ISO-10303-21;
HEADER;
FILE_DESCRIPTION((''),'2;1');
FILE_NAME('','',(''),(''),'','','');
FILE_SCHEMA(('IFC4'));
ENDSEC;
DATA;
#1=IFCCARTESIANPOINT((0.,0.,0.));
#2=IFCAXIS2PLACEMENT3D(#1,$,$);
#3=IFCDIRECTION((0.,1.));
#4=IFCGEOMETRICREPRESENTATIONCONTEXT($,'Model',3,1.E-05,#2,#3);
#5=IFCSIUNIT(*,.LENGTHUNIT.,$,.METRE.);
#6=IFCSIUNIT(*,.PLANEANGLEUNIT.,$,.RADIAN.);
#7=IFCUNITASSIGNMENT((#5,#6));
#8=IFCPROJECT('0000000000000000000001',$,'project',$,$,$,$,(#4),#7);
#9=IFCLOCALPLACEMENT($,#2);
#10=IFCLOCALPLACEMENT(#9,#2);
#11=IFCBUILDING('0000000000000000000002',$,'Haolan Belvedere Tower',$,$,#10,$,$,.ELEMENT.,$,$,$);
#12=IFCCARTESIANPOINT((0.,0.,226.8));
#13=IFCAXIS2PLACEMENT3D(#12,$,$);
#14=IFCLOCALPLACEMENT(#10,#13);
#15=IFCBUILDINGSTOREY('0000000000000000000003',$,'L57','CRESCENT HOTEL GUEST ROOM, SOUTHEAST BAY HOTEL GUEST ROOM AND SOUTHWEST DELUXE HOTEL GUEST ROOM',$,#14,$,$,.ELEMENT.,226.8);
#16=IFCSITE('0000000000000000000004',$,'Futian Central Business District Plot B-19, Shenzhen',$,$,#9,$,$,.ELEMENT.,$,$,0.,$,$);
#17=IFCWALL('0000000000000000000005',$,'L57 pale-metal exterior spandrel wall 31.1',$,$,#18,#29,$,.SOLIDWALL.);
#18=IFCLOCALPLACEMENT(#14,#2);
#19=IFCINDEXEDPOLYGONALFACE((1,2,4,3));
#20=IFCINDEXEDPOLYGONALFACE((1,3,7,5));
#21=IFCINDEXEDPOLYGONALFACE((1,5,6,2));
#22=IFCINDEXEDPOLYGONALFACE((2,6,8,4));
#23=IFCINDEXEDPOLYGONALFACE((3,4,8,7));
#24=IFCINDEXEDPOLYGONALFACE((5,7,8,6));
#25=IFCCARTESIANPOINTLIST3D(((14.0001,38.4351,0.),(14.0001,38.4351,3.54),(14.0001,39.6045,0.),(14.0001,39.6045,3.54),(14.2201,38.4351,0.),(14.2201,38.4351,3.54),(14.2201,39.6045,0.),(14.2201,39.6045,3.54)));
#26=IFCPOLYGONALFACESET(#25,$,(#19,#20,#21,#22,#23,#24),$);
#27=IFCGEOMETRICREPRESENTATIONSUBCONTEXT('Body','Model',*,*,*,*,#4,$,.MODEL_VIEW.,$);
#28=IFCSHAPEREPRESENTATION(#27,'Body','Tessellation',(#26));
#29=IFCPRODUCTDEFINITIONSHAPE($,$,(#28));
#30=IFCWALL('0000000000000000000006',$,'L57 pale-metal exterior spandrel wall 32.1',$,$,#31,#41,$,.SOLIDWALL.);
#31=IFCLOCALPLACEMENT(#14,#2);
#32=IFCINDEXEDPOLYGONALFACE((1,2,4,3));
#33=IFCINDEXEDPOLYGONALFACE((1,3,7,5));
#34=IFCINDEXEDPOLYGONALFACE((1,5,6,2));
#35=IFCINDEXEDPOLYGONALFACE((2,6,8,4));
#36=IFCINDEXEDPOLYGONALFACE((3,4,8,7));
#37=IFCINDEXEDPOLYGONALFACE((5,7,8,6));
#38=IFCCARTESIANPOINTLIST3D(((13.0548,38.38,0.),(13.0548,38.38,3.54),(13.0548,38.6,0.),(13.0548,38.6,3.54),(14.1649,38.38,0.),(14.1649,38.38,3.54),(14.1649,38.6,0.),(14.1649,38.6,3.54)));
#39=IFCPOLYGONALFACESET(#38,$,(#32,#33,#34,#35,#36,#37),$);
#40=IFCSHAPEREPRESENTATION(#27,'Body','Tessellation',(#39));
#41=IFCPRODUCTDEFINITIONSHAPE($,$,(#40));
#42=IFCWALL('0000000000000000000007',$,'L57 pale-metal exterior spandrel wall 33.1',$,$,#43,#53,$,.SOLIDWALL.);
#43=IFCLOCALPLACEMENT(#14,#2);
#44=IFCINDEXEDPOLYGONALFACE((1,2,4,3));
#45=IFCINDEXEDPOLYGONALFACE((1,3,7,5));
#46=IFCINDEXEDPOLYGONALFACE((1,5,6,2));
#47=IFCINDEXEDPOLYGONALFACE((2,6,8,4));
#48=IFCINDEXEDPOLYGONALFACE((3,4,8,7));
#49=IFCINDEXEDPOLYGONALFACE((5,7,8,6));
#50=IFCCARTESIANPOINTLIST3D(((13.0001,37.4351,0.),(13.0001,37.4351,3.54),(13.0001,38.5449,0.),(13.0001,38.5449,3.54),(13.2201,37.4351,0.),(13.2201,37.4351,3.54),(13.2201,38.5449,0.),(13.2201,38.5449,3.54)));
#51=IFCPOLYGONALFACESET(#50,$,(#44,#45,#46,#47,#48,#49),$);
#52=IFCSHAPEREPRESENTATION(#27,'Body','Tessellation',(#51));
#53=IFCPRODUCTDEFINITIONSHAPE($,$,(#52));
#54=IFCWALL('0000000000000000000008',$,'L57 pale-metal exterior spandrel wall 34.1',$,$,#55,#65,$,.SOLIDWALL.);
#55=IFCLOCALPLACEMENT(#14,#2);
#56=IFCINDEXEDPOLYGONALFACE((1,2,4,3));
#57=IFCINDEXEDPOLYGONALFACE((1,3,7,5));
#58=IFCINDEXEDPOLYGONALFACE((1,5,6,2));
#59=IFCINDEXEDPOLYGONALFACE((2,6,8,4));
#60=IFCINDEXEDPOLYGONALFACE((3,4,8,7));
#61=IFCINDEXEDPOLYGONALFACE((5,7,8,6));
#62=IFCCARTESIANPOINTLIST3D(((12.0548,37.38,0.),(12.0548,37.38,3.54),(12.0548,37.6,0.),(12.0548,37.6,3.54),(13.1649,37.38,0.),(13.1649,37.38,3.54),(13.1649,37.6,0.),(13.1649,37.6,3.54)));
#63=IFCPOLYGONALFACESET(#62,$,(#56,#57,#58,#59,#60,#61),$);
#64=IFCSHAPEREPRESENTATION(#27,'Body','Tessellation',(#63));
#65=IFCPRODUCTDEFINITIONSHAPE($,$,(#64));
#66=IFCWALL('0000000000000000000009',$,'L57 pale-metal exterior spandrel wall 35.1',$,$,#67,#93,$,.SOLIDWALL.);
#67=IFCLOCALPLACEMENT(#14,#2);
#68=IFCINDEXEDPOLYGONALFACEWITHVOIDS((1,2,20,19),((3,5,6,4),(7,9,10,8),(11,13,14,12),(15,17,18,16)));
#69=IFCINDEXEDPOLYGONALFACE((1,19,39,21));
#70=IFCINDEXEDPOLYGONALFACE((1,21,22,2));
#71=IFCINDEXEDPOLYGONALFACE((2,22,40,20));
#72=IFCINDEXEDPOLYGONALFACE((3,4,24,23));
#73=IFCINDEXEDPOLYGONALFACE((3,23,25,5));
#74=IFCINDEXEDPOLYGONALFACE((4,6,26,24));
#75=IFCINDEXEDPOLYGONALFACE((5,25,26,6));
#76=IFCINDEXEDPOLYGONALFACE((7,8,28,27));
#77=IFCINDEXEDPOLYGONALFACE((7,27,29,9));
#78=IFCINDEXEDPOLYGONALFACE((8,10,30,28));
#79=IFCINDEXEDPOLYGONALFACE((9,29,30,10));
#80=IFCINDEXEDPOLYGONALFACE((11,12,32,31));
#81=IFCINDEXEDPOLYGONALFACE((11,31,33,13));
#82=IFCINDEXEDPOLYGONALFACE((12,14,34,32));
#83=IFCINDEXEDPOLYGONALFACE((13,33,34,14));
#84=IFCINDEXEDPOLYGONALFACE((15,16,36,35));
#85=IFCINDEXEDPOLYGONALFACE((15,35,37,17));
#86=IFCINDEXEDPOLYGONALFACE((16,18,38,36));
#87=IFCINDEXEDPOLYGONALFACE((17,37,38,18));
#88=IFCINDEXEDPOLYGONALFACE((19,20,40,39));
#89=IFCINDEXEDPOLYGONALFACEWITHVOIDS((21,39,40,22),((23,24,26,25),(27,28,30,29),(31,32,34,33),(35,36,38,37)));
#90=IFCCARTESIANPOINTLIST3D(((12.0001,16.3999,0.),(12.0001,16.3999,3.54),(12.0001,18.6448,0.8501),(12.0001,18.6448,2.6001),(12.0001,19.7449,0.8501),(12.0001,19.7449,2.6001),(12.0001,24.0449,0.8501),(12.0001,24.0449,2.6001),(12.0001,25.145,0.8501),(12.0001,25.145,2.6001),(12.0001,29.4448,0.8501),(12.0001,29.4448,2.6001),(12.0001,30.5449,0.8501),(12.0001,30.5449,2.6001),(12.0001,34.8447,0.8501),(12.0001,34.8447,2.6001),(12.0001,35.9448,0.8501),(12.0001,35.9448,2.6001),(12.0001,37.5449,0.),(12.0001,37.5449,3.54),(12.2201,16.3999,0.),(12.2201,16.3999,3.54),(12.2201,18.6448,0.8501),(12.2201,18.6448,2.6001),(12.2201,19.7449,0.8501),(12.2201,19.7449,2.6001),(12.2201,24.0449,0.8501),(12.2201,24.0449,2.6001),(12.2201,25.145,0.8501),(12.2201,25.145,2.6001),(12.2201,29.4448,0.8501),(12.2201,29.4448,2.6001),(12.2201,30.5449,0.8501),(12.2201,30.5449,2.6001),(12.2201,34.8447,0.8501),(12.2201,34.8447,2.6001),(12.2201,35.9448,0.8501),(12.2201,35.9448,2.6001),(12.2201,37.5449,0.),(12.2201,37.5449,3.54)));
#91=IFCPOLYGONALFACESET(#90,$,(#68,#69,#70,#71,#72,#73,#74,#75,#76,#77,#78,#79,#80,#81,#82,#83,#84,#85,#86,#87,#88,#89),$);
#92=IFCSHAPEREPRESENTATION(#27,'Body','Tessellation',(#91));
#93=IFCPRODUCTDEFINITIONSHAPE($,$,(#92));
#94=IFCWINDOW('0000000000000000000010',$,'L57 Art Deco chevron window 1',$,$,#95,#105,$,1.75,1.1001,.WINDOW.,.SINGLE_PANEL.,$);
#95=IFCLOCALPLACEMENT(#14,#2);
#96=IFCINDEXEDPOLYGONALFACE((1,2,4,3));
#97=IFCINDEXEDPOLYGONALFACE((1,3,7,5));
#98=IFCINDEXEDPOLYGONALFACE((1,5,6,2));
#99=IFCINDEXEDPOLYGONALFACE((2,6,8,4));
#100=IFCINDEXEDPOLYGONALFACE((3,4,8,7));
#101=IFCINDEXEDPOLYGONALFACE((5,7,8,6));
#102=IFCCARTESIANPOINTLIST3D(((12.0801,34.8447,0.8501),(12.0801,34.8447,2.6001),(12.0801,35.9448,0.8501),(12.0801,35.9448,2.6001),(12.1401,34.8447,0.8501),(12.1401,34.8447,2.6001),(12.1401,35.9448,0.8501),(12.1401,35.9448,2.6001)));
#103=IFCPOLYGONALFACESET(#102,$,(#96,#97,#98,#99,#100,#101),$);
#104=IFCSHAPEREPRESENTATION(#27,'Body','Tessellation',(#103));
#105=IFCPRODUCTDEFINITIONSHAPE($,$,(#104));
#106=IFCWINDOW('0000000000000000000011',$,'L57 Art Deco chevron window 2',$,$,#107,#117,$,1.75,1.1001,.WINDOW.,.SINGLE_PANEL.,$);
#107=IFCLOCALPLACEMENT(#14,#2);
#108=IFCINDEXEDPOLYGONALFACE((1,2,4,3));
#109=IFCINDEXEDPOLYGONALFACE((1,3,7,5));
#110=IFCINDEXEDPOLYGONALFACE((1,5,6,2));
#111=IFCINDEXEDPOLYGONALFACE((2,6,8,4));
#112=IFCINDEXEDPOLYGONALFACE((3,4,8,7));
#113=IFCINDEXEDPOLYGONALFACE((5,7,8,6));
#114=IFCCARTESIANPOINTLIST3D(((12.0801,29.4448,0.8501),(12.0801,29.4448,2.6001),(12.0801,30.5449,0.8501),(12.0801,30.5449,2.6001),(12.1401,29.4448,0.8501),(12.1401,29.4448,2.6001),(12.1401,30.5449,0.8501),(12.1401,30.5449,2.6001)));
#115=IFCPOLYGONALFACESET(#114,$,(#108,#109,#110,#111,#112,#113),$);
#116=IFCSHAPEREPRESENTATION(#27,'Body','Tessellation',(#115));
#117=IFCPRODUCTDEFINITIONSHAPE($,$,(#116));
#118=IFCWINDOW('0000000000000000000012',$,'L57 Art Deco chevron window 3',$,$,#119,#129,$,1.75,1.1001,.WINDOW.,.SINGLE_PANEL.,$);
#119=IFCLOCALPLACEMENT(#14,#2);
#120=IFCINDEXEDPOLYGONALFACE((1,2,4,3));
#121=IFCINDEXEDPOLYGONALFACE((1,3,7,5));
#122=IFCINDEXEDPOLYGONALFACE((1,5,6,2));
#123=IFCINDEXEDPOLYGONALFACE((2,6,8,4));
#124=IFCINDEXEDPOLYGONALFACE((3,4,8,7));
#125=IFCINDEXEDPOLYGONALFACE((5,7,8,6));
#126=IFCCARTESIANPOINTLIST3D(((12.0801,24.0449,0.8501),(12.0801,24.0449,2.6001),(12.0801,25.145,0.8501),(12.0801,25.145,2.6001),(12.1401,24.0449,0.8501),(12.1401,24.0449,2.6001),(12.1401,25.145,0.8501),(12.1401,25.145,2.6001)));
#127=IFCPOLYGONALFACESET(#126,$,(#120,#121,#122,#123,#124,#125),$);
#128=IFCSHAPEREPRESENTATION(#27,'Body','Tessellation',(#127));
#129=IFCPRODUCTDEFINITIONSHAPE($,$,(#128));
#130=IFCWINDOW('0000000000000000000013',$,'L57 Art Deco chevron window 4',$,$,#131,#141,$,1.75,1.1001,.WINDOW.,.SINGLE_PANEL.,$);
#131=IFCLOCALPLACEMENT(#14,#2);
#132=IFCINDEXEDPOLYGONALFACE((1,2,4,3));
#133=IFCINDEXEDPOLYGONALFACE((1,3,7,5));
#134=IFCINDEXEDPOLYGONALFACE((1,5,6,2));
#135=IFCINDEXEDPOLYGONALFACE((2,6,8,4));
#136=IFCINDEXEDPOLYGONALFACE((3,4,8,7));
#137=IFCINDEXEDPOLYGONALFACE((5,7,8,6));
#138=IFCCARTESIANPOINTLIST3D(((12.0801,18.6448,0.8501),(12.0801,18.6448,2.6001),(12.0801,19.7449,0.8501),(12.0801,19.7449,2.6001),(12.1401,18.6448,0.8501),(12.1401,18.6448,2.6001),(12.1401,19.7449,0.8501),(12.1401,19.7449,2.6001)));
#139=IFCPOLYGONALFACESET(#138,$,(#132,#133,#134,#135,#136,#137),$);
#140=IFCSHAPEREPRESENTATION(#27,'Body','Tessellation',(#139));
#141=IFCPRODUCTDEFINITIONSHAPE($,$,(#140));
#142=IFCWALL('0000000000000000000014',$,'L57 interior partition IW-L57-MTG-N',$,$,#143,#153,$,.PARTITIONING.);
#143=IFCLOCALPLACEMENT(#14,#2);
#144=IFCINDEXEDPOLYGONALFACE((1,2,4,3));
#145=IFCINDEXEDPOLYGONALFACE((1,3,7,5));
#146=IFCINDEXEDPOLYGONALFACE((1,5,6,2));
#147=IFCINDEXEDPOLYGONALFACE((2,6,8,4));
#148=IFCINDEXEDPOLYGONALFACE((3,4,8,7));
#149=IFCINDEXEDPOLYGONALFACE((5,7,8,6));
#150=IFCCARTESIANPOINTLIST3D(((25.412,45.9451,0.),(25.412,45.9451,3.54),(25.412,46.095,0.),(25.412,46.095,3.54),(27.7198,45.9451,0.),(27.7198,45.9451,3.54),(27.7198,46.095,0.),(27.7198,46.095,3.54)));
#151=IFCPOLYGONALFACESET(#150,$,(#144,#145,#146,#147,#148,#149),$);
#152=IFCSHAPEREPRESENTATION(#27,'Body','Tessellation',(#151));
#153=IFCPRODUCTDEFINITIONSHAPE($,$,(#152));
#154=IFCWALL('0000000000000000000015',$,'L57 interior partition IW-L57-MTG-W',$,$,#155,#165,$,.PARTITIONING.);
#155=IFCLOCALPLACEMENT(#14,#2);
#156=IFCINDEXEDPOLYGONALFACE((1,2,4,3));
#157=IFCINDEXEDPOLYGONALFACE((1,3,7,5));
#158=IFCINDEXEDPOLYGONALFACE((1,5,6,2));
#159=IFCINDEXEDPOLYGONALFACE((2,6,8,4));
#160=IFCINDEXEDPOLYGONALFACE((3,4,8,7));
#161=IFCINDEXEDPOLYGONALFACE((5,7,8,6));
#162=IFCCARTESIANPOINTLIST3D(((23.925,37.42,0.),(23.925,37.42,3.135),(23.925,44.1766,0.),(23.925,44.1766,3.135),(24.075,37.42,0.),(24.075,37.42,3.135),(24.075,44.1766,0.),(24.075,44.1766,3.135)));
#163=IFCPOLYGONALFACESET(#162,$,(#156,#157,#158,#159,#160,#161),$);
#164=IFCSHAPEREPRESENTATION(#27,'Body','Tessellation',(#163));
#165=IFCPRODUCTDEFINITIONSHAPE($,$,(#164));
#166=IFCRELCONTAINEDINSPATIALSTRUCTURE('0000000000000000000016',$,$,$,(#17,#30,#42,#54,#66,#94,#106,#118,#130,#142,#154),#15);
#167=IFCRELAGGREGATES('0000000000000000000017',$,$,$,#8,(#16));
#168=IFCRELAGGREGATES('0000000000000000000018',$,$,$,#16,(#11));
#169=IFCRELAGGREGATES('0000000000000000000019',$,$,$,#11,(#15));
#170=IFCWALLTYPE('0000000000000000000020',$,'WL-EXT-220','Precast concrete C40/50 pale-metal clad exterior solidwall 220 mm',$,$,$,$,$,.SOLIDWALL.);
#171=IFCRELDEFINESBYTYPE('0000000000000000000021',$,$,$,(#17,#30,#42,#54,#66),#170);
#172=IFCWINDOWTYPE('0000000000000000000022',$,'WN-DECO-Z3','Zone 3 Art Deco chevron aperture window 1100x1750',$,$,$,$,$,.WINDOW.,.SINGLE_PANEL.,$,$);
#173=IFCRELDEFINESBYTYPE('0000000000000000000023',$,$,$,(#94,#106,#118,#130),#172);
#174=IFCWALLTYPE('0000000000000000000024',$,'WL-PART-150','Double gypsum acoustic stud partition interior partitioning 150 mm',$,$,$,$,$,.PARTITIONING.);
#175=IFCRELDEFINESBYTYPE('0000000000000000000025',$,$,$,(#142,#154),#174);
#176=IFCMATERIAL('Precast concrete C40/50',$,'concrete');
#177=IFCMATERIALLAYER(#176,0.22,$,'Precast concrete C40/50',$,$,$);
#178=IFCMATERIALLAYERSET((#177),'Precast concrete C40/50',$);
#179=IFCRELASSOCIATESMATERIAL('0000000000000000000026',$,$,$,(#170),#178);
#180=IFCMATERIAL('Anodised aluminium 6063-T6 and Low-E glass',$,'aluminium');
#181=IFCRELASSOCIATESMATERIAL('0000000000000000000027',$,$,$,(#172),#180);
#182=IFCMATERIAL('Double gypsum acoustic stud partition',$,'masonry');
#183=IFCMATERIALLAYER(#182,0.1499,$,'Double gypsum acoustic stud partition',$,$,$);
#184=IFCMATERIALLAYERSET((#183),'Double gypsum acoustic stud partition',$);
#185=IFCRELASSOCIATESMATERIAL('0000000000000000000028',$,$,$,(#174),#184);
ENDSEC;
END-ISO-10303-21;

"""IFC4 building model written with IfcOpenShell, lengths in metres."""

from ifc_helpers import new_model, si_unit, direction, frame, frame_2d, origin, place, context, subcontext, project, spatial, rectangle, extrude, material, layer, layer_set, type_object, element, fill, save


model = new_model("IFC4")

# Units and contexts
model_context = context("Model", 3, precision=1e-05, world=origin(), true_north=direction((0.0, 1.0)))
body_context = subcontext(model_context, "Body", "Model", "MODEL_VIEW")
ifc_project = project(units=[si_unit("LENGTHUNIT", "METRE"), si_unit("PLANEANGLEUNIT", "RADIAN")], contexts=[model_context])

# Site, building, storey
site_placement = place(None, origin())
site = spatial("IfcSite", under=ifc_project, at=site_placement, Name="Futian Central Business District Plot B-19, Shenzhen", CompositionType="ELEMENT", RefElevation=0.0)
building_placement = place(site_placement, origin())
building = spatial("IfcBuilding", under=site, at=building_placement, Name="Haolan Belvedere Tower", CompositionType="ELEMENT")
storey_placement = place(building_placement, frame((0.0, 0.0, 226.8)))
storey = spatial("IfcBuildingStorey", under=building, at=storey_placement, Name="L57", Description="CRESCENT HOTEL GUEST ROOM, SOUTHEAST BAY HOTEL GUEST ROOM AND SOUTHWEST DELUXE HOTEL GUEST ROOM", CompositionType="ELEMENT", Elevation=226.8)

# Shared definitions
ifc_material_1 = material(Name="Precast concrete C40/50", Category="concrete")
ifc_layer_1 = layer(ifc_material_1, 0.22, Name="Precast concrete C40/50")
ifc_layer_set_1 = layer_set([ifc_layer_1], Name="Precast concrete C40/50")
wall_type_1 = type_object("IfcWallType", Name="WL-EXT-220", Description="Precast concrete C40/50 pale-metal clad exterior solidwall 220 mm", PredefinedType="SOLIDWALL", material=ifc_layer_set_1)

# Shared definitions
ifc_material_2 = material(Name="Anodised aluminium 6063-T6 and Low-E glass", Category="aluminium")
window_type = type_object("IfcWindowType", Name="WN-DECO-Z3", Description="Zone 3 Art Deco chevron aperture window 1100x1750", PartitioningType="SINGLE_PANEL", PredefinedType="WINDOW", material=ifc_material_2)

# Walls
wall_1_placement = place(storey_placement, frame((14.1101, 39.6045, 0.0), z_axis=(0.0, 0.0, 1.0), x_axis=(0.0, -1.0, 0.0)))
element("IfcWall", 1, at=wall_1_placement, inside=storey, type_object=wall_type_1, Name="L57 pale-metal exterior spandrel wall 31.1", PredefinedType="SOLIDWALL", context=body_context, shape_type="SweptSolid", body=[
    extrude(rectangle(XDim=1.1694, YDim=0.22, at=frame_2d((0.5847, 0.0))), origin(), (0.0, 0.0, 1.0), 3.54),
])
wall_2_placement = place(storey_placement, frame((14.165, 38.49, 0.0), z_axis=(0.0, 0.0, 1.0), x_axis=(-1.0, 0.0, 0.0)))
element("IfcWall", 2, at=wall_2_placement, inside=storey, type_object=wall_type_1, Name="L57 pale-metal exterior spandrel wall 32.1", PredefinedType="SOLIDWALL", context=body_context, shape_type="SweptSolid", body=[
    extrude(rectangle(XDim=1.1101, YDim=0.22, at=frame_2d((0.5552, 0.0))), origin(), (0.0, 0.0, 1.0), 3.54),
])
wall_3_placement = place(storey_placement, frame((13.1101, 38.5449, 0.0), z_axis=(0.0, 0.0, 1.0), x_axis=(0.0, -1.0, 0.0)))
element("IfcWall", 3, at=wall_3_placement, inside=storey, type_object=wall_type_1, Name="L57 pale-metal exterior spandrel wall 33.1", PredefinedType="SOLIDWALL", context=body_context, shape_type="SweptSolid", body=[
    extrude(rectangle(XDim=1.1099, YDim=0.22, at=frame_2d((0.5549, 0.0))), origin(), (0.0, 0.0, 1.0), 3.54),
])
wall_4_placement = place(storey_placement, frame((13.165, 37.49, 0.0), z_axis=(0.0, 0.0, 1.0), x_axis=(-1.0, 0.0, 0.0)))
element("IfcWall", 4, at=wall_4_placement, inside=storey, type_object=wall_type_1, Name="L57 pale-metal exterior spandrel wall 34.1", PredefinedType="SOLIDWALL", context=body_context, shape_type="SweptSolid", body=[
    extrude(rectangle(XDim=1.1101, YDim=0.22, at=frame_2d((0.5552, 0.0))), origin(), (0.0, 0.0, 1.0), 3.54),
])

# Wall, openings, windows
wall_5_placement = place(storey_placement, frame((12.1101, 37.5449, 0.0), z_axis=(0.0, 0.0, 1.0), x_axis=(0.0, -1.0, 0.0)))
wall_5 = element("IfcWall", 5, at=wall_5_placement, inside=storey, type_object=wall_type_1, Name="L57 pale-metal exterior spandrel wall 35.1", PredefinedType="SOLIDWALL", context=body_context, shape_type="SweptSolid", body=[
    extrude(rectangle(XDim=21.145, YDim=0.22, at=frame_2d((10.5725, 0.0))), origin(), (0.0, 0.0, 1.0), 3.54),
])
opening_1_placement = place(wall_5_placement, frame((1.6001, 0.0, 0.8501)))
opening_1 = element("IfcOpeningElement", 6, at=opening_1_placement, cuts=wall_5, PredefinedType="OPENING", context=body_context, shape_type="SweptSolid", body=[
    extrude(rectangle(XDim=1.1001, YDim=1.75, at=frame_2d((0.55, 0.875))), frame((0.0, 0.1199, 0.0), z_axis=(0.0, -1.0, 0.0), x_axis=(1.0, 0.0, 0.0)), (0.0, 0.0, 1.0), 0.24),
])
opening_2_placement = place(wall_5_placement, frame((7.0, 0.0, 0.8501)))
opening_2 = element("IfcOpeningElement", 7, at=opening_2_placement, cuts=wall_5, PredefinedType="OPENING", context=body_context, shape_type="SweptSolid", body=[
    extrude(rectangle(XDim=1.1001, YDim=1.75, at=frame_2d((0.55, 0.875))), frame((0.0, 0.1199, 0.0), z_axis=(0.0, -1.0, 0.0), x_axis=(1.0, 0.0, 0.0)), (0.0, 0.0, 1.0), 0.24),
])
opening_3_placement = place(wall_5_placement, frame((12.3999, 0.0, 0.8501)))
opening_3 = element("IfcOpeningElement", 8, at=opening_3_placement, cuts=wall_5, PredefinedType="OPENING", context=body_context, shape_type="SweptSolid", body=[
    extrude(rectangle(XDim=1.1001, YDim=1.75, at=frame_2d((0.55, 0.875))), frame((0.0, 0.1199, 0.0), z_axis=(0.0, -1.0, 0.0), x_axis=(1.0, 0.0, 0.0)), (0.0, 0.0, 1.0), 0.24),
])
opening_4_placement = place(wall_5_placement, frame((17.8, 0.0, 0.8501)))
opening_4 = element("IfcOpeningElement", 9, at=opening_4_placement, cuts=wall_5, PredefinedType="OPENING", context=body_context, shape_type="SweptSolid", body=[
    extrude(rectangle(XDim=1.1001, YDim=1.75, at=frame_2d((0.55, 0.875))), frame((0.0, 0.1199, 0.0), z_axis=(0.0, -1.0, 0.0), x_axis=(1.0, 0.0, 0.0)), (0.0, 0.0, 1.0), 0.24),
])
window_1_placement = place(opening_1_placement, origin())
window_1 = element("IfcWindow", 10, at=window_1_placement, inside=storey, type_object=window_type, Name="L57 Art Deco chevron window 1", OverallHeight=1.75, OverallWidth=1.1001, PartitioningType="SINGLE_PANEL", PredefinedType="WINDOW", context=body_context, shape_type="SweptSolid", body=[
    extrude(rectangle(XDim=1.1001, YDim=1.75, at=frame_2d((0.55, 0.875))), frame((0.0, 0.03, 0.0), z_axis=(0.0, -1.0, 0.0), x_axis=(1.0, 0.0, 0.0)), (0.0, 0.0, 1.0), 0.0601),
])
fill(opening_1, window_1)
window_2_placement = place(opening_2_placement, origin())
window_2 = element("IfcWindow", 11, at=window_2_placement, inside=storey, type_object=window_type, Name="L57 Art Deco chevron window 2", OverallHeight=1.75, OverallWidth=1.1001, PartitioningType="SINGLE_PANEL", PredefinedType="WINDOW", context=body_context, shape_type="SweptSolid", body=[
    extrude(rectangle(XDim=1.1001, YDim=1.75, at=frame_2d((0.55, 0.875))), frame((0.0, 0.03, 0.0), z_axis=(0.0, -1.0, 0.0), x_axis=(1.0, 0.0, 0.0)), (0.0, 0.0, 1.0), 0.0601),
])
fill(opening_2, window_2)
window_3_placement = place(opening_3_placement, origin())
window_3 = element("IfcWindow", 12, at=window_3_placement, inside=storey, type_object=window_type, Name="L57 Art Deco chevron window 3", OverallHeight=1.75, OverallWidth=1.1001, PartitioningType="SINGLE_PANEL", PredefinedType="WINDOW", context=body_context, shape_type="SweptSolid", body=[
    extrude(rectangle(XDim=1.1001, YDim=1.75, at=frame_2d((0.55, 0.875))), frame((0.0, 0.03, 0.0), z_axis=(0.0, -1.0, 0.0), x_axis=(1.0, 0.0, 0.0)), (0.0, 0.0, 1.0), 0.0601),
])
fill(opening_3, window_3)
window_4_placement = place(opening_4_placement, origin())
window_4 = element("IfcWindow", 13, at=window_4_placement, inside=storey, type_object=window_type, Name="L57 Art Deco chevron window 4", OverallHeight=1.75, OverallWidth=1.1001, PartitioningType="SINGLE_PANEL", PredefinedType="WINDOW", context=body_context, shape_type="SweptSolid", body=[
    extrude(rectangle(XDim=1.1001, YDim=1.75, at=frame_2d((0.55, 0.875))), frame((0.0, 0.03, 0.0), z_axis=(0.0, -1.0, 0.0), x_axis=(1.0, 0.0, 0.0)), (0.0, 0.0, 1.0), 0.0601),
])
fill(opening_4, window_4)

# Walls
ifc_material_3 = material(Name="Double gypsum acoustic stud partition", Category="masonry")
ifc_layer_2 = layer(ifc_material_3, 0.1499, Name="Double gypsum acoustic stud partition")
ifc_layer_set_2 = layer_set([ifc_layer_2], Name="Double gypsum acoustic stud partition")
wall_type_2 = type_object("IfcWallType", Name="WL-PART-150", Description="Double gypsum acoustic stud partition interior partitioning 150 mm", PredefinedType="PARTITIONING", material=ifc_layer_set_2)
wall_6_placement = place(storey_placement, frame((25.4121, 46.02, 0.0), z_axis=(0.0, 0.0, 1.0), x_axis=(1.0, 0.0, 0.0)))
element("IfcWall", 14, at=wall_6_placement, inside=storey, type_object=wall_type_2, Name="L57 interior partition IW-L57-MTG-N", PredefinedType="PARTITIONING", context=body_context, shape_type="SweptSolid", body=[
    extrude(rectangle(XDim=2.3079, YDim=0.1499, at=frame_2d((1.1538, 0.0))), origin(), (0.0, 0.0, 1.0), 3.54),
])
wall_7_placement = place(storey_placement, frame((24.0, 37.4199, 0.0), z_axis=(0.0, 0.0, 1.0), x_axis=(0.0, 1.0, 0.0)))
element("IfcWall", 15, at=wall_7_placement, inside=storey, type_object=wall_type_2, Name="L57 interior partition IW-L57-MTG-W", PredefinedType="PARTITIONING", context=body_context, shape_type="SweptSolid", body=[
    extrude(rectangle(XDim=6.7566, YDim=0.1499, at=frame_2d((3.3784, 0.0))), origin(), (0.0, 0.0, 1.0), 3.135),
])

save(model, "model.ifc")
